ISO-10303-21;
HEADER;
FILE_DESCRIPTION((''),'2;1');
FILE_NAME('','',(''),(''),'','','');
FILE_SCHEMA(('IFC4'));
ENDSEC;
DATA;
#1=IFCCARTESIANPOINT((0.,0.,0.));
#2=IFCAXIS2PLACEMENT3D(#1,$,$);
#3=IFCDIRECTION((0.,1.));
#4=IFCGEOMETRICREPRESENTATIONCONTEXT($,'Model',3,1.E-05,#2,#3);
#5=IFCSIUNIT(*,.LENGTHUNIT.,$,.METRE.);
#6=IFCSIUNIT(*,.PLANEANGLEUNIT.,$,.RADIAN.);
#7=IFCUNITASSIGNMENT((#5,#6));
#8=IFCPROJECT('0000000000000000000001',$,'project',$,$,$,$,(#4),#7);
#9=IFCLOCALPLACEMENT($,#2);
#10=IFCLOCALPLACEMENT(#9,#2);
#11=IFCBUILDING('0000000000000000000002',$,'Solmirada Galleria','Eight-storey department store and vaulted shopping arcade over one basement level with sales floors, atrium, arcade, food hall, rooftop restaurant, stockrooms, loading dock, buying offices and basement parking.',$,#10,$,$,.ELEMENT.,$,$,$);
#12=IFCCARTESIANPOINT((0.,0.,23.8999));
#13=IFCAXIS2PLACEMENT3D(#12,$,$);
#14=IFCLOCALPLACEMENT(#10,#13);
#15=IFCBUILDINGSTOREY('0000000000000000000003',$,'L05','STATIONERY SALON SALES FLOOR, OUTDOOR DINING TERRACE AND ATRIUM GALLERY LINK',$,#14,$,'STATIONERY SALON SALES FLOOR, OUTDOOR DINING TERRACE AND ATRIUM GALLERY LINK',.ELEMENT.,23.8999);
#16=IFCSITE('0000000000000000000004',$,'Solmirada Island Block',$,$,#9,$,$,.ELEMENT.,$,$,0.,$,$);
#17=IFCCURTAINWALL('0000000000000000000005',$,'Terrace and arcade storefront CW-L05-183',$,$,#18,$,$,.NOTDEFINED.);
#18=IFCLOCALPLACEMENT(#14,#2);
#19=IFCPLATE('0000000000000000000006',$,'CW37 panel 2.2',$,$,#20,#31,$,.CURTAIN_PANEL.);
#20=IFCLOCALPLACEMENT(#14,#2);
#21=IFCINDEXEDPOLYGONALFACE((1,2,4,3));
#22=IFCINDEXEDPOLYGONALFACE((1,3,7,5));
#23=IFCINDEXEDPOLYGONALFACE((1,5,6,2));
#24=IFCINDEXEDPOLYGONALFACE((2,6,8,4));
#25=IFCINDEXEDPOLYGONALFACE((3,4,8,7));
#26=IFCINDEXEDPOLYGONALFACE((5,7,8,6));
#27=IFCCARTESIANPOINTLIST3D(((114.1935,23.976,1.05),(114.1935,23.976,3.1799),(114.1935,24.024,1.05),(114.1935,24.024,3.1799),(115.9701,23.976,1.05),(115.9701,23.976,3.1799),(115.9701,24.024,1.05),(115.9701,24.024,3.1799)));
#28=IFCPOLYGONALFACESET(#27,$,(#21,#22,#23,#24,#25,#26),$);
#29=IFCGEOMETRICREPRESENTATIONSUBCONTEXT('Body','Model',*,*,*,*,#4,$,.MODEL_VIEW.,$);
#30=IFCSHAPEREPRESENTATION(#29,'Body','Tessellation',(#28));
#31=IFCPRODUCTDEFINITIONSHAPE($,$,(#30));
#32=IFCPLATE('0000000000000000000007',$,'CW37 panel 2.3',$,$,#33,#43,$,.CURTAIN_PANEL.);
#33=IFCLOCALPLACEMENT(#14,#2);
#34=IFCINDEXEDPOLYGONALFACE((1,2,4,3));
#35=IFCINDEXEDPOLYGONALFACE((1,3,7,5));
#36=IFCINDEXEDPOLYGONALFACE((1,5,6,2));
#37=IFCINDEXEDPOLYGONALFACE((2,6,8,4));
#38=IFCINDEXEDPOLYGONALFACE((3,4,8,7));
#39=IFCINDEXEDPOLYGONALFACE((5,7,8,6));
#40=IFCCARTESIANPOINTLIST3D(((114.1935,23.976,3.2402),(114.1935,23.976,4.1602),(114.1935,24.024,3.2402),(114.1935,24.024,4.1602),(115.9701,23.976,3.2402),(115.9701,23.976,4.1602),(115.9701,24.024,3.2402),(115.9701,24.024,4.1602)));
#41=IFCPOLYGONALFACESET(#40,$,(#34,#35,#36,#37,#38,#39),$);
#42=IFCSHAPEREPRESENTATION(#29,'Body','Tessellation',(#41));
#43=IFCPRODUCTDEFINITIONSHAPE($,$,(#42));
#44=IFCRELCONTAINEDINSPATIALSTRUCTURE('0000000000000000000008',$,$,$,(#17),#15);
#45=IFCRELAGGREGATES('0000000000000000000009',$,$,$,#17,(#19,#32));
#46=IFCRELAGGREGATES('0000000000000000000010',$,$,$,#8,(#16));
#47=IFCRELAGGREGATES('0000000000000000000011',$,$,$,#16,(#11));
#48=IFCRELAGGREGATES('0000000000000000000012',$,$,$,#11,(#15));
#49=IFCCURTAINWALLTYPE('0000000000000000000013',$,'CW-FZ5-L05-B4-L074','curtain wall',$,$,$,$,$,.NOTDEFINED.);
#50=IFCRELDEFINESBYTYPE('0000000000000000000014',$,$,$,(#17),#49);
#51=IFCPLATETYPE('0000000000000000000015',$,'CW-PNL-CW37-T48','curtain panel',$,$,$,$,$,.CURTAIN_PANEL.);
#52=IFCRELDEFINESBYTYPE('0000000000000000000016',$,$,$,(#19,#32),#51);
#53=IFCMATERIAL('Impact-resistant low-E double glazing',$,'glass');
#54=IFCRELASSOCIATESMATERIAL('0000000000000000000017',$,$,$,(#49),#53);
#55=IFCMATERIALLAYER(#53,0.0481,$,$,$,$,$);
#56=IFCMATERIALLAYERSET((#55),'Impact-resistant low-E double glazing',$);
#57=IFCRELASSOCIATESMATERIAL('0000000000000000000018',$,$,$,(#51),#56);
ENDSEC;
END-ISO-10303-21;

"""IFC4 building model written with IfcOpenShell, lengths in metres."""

from ifc_helpers import new_model, si_unit, direction, frame, origin, origin_2d, place, context, subcontext, project, spatial, rectangle, extrude, material, layer, layer_set, type_object, element, aggregate, save


model = new_model("IFC4")

# Units and contexts
model_context = context("Model", 3, precision=1e-05, world=origin(), true_north=direction((0.0, 1.0)))
body_context = subcontext(model_context, "Body", "Model", "MODEL_VIEW")
ifc_project = project(units=[si_unit("LENGTHUNIT", "METRE"), si_unit("PLANEANGLEUNIT", "RADIAN")], contexts=[model_context])

# Site, building, storey
site_placement = place(None, origin())
site = spatial("IfcSite", under=ifc_project, at=site_placement, Name="Solmirada Island Block", CompositionType="ELEMENT", RefElevation=0.0)
building_placement = place(site_placement, origin())
building = spatial("IfcBuilding", under=site, at=building_placement, Name="Solmirada Galleria", Description="Eight-storey department store and vaulted shopping arcade over one basement level with sales floors, atrium, arcade, food hall, rooftop restaurant, stockrooms, loading dock, buying offices and basement parking.", CompositionType="ELEMENT")
storey_placement = place(building_placement, frame((0.0, 0.0, 23.8999)))
storey = spatial("IfcBuildingStorey", under=building, at=storey_placement, Name="L05", Description="STATIONERY SALON SALES FLOOR, OUTDOOR DINING TERRACE AND ATRIUM GALLERY LINK", LongName="STATIONERY SALON SALES FLOOR, OUTDOOR DINING TERRACE AND ATRIUM GALLERY LINK", CompositionType="ELEMENT", Elevation=23.8999)

# Curtain wall, plates
ifc_material_1 = material(Name="Impact-resistant low-E double glazing", Category="glass")
curtain_wall_type = type_object("IfcCurtainWallType", Name="CW-FZ5-L05-B4-L074", Description="curtain wall", PredefinedType="NOTDEFINED", material=ifc_material_1)
curtain_wall_placement = place(storey_placement, origin())
curtain_wall = element("IfcCurtainWall", 1, at=curtain_wall_placement, inside=storey, type_object=curtain_wall_type, Name="Terrace and arcade storefront CW-L05-183", PredefinedType="NOTDEFINED")
ifc_layer = layer(ifc_material_1, 0.0481)
ifc_layer_set = layer_set([ifc_layer], Name="Impact-resistant low-E double glazing")
plate_type = type_object("IfcPlateType", Name="CW-PNL-CW37-T48", Description="curtain panel", PredefinedType="CURTAIN_PANEL", material=ifc_layer_set)
plate_1_placement = place(storey_placement, frame((115.0818, 24.0, 1.05), z_axis=(0.0, 0.0, 1.0), x_axis=(1.0, 0.0, 0.0)))
plate_1 = element("IfcPlate", 2, at=plate_1_placement, type_object=plate_type, Name="CW37 panel 2.2", PredefinedType="CURTAIN_PANEL", context=body_context, shape_type="SweptSolid", body=[
    extrude(rectangle(XDim=1.7766, YDim=0.0481, at=origin_2d()), origin(), (0.0, 0.0, 1.0), 2.1299),
])
plate_2_placement = place(storey_placement, frame((115.0818, 24.0, 3.2402), z_axis=(0.0, 0.0, 1.0), x_axis=(1.0, 0.0, 0.0)))
plate_2 = element("IfcPlate", 3, at=plate_2_placement, type_object=plate_type, Name="CW37 panel 2.3", PredefinedType="CURTAIN_PANEL", context=body_context, shape_type="SweptSolid", body=[
    extrude(rectangle(XDim=1.7766, YDim=0.0481, at=origin_2d()), origin(), (0.0, 0.0, 1.0), 0.9199),
])
aggregate(curtain_wall, [plate_1, plate_2])

save(model, "model.ifc")
